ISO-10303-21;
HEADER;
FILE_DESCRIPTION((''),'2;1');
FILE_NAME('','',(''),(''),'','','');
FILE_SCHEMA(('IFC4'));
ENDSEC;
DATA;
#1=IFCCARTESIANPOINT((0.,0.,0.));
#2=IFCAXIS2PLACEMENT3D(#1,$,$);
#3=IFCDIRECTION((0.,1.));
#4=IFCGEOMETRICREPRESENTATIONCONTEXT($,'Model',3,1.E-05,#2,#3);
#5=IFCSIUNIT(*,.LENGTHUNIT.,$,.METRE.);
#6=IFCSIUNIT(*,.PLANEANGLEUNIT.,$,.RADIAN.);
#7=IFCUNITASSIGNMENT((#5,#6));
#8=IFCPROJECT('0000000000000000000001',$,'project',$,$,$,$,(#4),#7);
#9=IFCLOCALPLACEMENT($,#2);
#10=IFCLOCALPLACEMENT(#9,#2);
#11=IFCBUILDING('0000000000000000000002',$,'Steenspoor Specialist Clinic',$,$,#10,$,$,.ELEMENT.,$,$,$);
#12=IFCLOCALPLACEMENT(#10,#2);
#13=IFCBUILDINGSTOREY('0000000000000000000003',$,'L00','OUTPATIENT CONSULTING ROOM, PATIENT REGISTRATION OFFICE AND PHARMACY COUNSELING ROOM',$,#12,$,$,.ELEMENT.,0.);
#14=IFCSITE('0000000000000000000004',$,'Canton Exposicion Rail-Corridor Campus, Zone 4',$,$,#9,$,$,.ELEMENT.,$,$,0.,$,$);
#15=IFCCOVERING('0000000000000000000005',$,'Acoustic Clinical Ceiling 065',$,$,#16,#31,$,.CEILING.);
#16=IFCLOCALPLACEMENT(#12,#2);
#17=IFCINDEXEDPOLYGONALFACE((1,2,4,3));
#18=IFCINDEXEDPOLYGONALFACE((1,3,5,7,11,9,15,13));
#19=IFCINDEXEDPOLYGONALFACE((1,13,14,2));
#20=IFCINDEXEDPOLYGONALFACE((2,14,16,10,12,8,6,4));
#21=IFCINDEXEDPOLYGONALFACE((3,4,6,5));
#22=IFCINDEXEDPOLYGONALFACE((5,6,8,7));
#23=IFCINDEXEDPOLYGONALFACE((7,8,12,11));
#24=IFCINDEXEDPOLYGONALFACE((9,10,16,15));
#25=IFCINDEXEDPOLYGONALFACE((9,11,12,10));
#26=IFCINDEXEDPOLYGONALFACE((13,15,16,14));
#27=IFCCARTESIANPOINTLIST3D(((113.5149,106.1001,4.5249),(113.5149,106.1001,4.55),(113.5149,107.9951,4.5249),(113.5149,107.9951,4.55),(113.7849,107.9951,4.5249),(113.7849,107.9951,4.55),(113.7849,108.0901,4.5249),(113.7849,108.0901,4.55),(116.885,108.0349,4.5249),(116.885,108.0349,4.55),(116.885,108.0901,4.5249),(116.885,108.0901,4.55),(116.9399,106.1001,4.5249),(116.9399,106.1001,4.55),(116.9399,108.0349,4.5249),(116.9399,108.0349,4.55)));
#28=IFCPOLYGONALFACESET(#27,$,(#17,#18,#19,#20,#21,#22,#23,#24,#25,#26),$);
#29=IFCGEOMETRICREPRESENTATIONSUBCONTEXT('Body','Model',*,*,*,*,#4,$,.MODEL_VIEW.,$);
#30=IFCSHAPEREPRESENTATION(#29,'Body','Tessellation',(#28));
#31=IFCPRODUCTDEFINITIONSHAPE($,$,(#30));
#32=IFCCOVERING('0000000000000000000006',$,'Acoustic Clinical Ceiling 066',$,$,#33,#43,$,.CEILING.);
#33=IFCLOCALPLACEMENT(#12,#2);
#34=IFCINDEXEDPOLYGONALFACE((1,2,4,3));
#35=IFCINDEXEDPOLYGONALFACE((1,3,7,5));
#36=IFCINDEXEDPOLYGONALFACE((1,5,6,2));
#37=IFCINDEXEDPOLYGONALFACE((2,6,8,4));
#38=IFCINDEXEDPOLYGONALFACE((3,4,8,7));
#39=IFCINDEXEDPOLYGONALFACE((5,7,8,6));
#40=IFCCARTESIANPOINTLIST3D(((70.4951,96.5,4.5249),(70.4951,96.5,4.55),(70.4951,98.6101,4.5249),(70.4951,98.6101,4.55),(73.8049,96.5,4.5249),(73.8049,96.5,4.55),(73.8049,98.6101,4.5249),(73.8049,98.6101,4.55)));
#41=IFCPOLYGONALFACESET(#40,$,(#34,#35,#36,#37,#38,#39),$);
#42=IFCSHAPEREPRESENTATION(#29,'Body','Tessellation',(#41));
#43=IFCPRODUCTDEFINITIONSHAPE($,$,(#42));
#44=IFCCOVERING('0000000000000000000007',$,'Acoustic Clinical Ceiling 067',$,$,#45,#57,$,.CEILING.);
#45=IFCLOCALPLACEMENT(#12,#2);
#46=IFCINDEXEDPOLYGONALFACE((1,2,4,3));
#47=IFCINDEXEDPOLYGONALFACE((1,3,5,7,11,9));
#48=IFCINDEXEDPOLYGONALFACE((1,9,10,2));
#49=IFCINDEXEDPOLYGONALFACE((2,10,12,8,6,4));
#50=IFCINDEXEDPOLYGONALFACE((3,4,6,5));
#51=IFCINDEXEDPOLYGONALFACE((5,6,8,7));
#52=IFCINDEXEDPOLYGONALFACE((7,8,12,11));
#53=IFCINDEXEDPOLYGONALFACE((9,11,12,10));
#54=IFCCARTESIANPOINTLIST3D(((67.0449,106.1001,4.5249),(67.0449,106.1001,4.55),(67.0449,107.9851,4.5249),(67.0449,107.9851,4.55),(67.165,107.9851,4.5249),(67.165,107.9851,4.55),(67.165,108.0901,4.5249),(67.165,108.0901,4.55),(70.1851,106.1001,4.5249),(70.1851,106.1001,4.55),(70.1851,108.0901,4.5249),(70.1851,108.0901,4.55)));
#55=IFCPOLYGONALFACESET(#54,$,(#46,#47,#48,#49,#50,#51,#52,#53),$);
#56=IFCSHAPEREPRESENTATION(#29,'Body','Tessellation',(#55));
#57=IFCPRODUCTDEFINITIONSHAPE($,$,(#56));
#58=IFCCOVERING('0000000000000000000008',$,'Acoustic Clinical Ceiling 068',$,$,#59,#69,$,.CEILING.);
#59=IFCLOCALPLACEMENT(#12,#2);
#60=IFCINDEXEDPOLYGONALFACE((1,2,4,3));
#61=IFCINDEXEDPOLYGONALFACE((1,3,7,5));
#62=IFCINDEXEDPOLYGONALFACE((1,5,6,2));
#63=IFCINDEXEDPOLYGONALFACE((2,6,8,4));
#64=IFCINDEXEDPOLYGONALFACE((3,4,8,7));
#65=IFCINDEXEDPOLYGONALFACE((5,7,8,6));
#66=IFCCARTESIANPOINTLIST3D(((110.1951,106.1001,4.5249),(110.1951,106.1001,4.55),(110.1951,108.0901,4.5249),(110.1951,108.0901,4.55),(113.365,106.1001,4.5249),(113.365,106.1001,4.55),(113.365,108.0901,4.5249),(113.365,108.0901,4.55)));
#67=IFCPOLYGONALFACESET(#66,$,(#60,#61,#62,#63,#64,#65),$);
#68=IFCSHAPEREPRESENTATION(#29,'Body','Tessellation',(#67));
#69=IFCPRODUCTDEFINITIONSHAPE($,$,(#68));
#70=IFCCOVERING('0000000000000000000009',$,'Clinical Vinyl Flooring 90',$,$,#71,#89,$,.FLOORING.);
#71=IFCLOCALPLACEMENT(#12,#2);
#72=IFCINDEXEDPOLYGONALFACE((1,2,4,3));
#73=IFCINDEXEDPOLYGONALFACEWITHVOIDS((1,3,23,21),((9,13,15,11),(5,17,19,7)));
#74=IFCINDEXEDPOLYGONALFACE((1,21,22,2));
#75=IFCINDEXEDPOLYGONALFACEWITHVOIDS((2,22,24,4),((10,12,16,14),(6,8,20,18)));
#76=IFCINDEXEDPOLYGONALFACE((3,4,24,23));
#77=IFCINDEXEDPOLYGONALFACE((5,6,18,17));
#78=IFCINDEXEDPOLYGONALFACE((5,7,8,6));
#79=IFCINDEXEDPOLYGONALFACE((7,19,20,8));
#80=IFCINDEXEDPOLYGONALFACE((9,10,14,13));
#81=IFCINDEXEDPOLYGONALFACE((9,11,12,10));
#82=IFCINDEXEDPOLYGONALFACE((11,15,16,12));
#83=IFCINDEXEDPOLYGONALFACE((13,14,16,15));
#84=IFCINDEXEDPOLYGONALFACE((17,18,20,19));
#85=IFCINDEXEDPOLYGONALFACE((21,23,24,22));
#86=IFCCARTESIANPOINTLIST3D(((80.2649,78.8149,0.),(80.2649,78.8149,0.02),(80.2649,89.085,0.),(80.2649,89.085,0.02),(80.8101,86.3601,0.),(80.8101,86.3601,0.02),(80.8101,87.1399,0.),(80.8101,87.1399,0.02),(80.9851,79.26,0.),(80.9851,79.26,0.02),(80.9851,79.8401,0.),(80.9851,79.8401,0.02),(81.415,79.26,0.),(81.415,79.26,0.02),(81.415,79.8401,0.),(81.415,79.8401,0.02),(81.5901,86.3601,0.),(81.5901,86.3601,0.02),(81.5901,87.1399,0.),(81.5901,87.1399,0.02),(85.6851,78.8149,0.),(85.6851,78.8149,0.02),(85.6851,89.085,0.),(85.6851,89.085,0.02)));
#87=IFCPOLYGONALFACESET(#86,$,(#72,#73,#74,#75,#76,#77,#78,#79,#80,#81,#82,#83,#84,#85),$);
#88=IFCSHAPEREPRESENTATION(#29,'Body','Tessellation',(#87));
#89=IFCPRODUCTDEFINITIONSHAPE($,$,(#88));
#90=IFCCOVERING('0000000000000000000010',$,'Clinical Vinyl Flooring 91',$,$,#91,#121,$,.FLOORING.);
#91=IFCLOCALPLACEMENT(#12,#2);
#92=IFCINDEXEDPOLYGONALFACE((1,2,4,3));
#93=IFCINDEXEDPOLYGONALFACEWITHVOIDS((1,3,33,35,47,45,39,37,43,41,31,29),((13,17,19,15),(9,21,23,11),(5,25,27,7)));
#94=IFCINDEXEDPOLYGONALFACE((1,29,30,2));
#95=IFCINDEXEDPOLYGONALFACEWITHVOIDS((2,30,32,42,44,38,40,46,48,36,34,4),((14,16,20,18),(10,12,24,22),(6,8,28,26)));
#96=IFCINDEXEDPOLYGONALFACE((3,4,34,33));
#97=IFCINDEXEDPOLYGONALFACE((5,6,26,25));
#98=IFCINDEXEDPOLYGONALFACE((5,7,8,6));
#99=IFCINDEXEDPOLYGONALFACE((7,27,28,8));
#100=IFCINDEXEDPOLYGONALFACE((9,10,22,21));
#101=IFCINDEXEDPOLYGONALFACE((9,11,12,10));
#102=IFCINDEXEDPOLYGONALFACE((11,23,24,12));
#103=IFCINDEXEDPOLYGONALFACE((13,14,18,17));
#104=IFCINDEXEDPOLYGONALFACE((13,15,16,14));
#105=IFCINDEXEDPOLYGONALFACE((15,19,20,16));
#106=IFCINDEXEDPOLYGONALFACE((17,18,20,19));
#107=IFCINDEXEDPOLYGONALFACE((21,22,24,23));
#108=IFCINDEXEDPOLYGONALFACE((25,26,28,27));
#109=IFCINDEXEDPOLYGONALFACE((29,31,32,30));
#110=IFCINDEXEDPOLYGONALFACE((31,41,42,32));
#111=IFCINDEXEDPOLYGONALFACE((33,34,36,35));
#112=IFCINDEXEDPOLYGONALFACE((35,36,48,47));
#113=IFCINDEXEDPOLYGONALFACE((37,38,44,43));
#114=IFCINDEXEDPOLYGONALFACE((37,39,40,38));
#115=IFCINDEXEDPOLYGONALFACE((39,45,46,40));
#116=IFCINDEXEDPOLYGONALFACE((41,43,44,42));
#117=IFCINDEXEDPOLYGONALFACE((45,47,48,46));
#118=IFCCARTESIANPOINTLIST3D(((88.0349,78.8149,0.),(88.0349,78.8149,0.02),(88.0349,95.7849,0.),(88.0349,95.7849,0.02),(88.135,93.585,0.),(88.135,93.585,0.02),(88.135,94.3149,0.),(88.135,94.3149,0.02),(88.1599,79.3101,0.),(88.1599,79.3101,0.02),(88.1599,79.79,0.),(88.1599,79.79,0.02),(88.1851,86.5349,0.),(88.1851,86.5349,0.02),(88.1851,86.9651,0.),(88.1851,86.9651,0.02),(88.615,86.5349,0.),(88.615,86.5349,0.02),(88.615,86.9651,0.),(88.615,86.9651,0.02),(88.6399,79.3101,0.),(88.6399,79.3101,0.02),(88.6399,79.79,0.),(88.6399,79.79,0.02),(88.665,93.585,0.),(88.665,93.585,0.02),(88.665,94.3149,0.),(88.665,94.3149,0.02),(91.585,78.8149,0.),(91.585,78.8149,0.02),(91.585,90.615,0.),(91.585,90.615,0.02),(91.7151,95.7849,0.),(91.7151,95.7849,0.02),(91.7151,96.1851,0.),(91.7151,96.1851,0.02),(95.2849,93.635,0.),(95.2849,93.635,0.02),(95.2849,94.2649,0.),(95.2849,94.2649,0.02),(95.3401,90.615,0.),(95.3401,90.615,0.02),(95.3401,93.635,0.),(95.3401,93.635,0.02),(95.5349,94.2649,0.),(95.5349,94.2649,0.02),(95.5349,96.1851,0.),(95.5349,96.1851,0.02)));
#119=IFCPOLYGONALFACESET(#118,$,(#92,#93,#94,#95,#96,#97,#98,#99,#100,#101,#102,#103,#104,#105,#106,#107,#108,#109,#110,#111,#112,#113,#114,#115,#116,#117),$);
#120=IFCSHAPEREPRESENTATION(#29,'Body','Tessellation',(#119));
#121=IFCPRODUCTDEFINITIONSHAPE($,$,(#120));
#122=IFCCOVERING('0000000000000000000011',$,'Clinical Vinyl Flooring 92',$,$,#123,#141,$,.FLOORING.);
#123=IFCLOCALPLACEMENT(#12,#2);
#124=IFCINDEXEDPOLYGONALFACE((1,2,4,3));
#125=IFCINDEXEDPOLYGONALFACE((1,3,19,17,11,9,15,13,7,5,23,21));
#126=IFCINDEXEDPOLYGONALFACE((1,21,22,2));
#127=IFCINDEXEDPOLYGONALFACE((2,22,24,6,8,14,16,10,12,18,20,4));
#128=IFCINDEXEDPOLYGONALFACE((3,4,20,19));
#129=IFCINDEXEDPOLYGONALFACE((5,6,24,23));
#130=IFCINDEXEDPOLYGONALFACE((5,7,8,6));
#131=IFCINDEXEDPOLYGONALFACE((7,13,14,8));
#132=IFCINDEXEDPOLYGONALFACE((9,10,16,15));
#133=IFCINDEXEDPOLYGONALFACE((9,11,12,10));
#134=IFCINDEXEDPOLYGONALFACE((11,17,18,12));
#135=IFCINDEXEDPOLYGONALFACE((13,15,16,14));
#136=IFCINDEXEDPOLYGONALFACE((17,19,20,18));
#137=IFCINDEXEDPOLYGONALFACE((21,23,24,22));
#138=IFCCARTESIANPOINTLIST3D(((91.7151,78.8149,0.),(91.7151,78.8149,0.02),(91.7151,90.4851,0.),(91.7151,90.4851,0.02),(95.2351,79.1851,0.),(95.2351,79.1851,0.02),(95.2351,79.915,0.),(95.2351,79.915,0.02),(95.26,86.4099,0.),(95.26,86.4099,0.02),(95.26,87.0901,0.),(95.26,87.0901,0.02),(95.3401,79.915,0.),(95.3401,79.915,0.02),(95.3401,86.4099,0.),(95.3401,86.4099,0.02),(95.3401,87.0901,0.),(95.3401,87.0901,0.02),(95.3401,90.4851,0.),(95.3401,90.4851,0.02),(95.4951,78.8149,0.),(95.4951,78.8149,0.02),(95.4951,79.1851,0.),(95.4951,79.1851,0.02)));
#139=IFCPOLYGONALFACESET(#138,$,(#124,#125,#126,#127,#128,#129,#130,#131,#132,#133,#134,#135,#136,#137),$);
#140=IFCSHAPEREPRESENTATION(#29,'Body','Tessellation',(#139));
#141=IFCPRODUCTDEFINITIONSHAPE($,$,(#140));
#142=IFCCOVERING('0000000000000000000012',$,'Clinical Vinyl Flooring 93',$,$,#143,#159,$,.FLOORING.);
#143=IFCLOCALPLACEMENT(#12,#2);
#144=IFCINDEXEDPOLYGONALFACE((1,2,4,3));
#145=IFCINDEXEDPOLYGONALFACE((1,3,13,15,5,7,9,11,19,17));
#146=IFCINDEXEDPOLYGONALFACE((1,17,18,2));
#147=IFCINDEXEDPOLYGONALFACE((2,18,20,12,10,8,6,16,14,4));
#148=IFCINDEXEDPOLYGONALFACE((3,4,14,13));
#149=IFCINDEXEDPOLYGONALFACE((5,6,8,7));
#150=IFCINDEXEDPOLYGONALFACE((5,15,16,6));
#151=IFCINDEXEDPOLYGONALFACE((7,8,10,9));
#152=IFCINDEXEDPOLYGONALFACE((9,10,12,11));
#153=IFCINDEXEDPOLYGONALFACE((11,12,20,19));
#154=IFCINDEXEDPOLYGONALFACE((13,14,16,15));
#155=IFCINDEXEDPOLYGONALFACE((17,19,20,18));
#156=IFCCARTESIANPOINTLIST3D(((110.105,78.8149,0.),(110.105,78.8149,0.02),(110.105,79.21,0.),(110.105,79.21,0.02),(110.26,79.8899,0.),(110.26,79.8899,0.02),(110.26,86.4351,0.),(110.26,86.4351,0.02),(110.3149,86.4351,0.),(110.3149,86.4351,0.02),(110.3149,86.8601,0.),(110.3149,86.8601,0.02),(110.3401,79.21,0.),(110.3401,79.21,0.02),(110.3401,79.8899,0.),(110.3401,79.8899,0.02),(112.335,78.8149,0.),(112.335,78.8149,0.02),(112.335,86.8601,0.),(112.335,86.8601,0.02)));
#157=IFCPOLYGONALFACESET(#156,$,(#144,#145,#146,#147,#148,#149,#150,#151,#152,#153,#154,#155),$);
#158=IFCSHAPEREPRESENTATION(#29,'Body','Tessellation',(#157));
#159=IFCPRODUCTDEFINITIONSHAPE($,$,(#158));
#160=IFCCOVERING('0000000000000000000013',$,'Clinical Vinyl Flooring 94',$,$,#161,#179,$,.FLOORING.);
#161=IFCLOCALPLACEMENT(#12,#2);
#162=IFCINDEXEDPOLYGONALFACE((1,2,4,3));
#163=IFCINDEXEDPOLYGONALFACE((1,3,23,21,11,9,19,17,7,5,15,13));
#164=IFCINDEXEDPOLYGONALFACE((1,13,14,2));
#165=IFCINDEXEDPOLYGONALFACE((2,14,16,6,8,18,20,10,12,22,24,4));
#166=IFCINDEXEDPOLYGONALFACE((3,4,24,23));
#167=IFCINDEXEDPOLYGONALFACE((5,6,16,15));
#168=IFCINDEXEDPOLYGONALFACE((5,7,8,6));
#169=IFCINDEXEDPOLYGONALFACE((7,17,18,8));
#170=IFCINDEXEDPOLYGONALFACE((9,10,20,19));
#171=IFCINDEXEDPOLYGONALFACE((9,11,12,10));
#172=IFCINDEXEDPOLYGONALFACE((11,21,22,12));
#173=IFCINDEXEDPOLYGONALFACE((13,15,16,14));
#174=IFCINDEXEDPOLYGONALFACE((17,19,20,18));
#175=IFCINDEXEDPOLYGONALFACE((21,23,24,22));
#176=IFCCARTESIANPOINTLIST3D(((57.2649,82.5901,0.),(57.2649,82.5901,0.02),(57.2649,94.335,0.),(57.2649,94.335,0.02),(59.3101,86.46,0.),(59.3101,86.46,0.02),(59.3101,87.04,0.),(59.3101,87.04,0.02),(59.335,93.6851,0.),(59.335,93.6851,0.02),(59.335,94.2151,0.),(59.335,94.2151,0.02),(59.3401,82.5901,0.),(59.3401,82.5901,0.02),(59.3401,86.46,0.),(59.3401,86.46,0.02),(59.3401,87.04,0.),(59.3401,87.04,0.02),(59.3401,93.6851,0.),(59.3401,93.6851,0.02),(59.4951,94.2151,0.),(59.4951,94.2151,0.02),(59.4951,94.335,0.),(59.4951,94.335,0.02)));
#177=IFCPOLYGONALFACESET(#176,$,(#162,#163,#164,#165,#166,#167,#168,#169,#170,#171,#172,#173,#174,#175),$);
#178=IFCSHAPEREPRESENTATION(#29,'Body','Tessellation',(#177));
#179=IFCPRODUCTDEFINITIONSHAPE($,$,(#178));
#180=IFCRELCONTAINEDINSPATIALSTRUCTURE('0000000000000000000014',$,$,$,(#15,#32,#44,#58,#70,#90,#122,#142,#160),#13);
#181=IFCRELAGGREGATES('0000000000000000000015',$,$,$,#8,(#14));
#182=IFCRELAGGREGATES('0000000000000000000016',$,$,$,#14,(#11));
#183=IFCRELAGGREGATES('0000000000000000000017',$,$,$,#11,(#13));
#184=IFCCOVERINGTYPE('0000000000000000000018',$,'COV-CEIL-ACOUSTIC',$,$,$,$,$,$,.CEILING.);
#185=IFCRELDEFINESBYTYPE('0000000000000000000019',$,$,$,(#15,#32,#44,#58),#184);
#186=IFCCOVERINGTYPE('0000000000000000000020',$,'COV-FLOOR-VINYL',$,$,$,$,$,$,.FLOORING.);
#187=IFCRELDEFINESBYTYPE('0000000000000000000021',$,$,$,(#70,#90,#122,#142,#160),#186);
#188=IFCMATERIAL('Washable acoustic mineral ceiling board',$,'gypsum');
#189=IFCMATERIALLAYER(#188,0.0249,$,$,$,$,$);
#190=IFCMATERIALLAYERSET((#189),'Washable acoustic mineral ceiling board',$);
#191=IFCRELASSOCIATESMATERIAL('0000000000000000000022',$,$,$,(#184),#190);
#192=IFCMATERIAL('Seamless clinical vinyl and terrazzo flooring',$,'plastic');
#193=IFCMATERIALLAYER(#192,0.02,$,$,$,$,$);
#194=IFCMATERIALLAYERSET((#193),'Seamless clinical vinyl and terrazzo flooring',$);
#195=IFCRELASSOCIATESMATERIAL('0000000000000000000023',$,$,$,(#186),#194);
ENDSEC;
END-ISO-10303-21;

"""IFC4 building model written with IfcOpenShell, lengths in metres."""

from ifc_helpers import new_model, si_unit, direction, frame, origin, place, context, subcontext, project, spatial, polyline, outline, extrude, material, layer, layer_set, type_object, element, save


model = new_model("IFC4")

# Units and contexts
model_context = context("Model", 3, precision=1e-05, world=origin(), true_north=direction((0.0, 1.0)))
body_context = subcontext(model_context, "Body", "Model", "MODEL_VIEW")
ifc_project = project(units=[si_unit("LENGTHUNIT", "METRE"), si_unit("PLANEANGLEUNIT", "RADIAN")], contexts=[model_context])

# Site, building, storey
site_placement = place(None, origin())
site = spatial("IfcSite", under=ifc_project, at=site_placement, Name="Canton Exposicion Rail-Corridor Campus, Zone 4", CompositionType="ELEMENT", RefElevation=0.0)
building_placement = place(site_placement, origin())
building = spatial("IfcBuilding", under=site, at=building_placement, Name="Steenspoor Specialist Clinic", CompositionType="ELEMENT")
storey_placement = place(building_placement, origin())
storey = spatial("IfcBuildingStorey", under=building, at=storey_placement, Name="L00", Description="OUTPATIENT CONSULTING ROOM, PATIENT REGISTRATION OFFICE AND PHARMACY COUNSELING ROOM", CompositionType="ELEMENT", Elevation=0.0)

# Coverings
ifc_material_1 = material(Name="Washable acoustic mineral ceiling board", Category="gypsum")
ifc_layer_1 = layer(ifc_material_1, 0.0249)
ifc_layer_set_1 = layer_set([ifc_layer_1], Name="Washable acoustic mineral ceiling board")
covering_type_1 = type_object("IfcCoveringType", Name="COV-CEIL-ACOUSTIC", PredefinedType="CEILING", material=ifc_layer_set_1)
covering_1_placement = place(storey_placement, frame((0.0, 0.0, 4.5249)))
element("IfcCovering", 1, at=covering_1_placement, inside=storey, type_object=covering_type_1, Name="Acoustic Clinical Ceiling 065", PredefinedType="CEILING", context=body_context, shape_type="SweptSolid", body=[
    extrude(outline(polyline([(113.5149, 107.9951), (113.7849, 107.9951), (113.7849, 108.0901), (116.885, 108.0901), (116.885, 108.0349), (116.9399, 108.0349), (116.9399, 106.1001), (113.5149, 106.1001), (113.5149, 107.9951)])), origin(), (0.0, 0.0, 1.0), 0.0251),
])
covering_2_placement = place(storey_placement, frame((0.0, 0.0, 4.5249)))
element("IfcCovering", 2, at=covering_2_placement, inside=storey, type_object=covering_type_1, Name="Acoustic Clinical Ceiling 066", PredefinedType="CEILING", context=body_context, shape_type="SweptSolid", body=[
    extrude(outline(polyline([(70.4951, 98.6101), (73.8049, 98.6101), (73.8049, 96.5), (70.4951, 96.5), (70.4951, 98.6101)])), origin(), (0.0, 0.0, 1.0), 0.0251),
])
covering_3_placement = place(storey_placement, frame((0.0, 0.0, 4.5249)))
element("IfcCovering", 3, at=covering_3_placement, inside=storey, type_object=covering_type_1, Name="Acoustic Clinical Ceiling 067", PredefinedType="CEILING", context=body_context, shape_type="SweptSolid", body=[
    extrude(outline(polyline([(70.1851, 108.0901), (70.1851, 106.1001), (67.0449, 106.1001), (67.0449, 107.9851), (67.165, 107.9851), (67.165, 108.0901), (70.1851, 108.0901)])), origin(), (0.0, 0.0, 1.0), 0.0251),
])
covering_4_placement = place(storey_placement, frame((0.0, 0.0, 4.5249)))
element("IfcCovering", 4, at=covering_4_placement, inside=storey, type_object=covering_type_1, Name="Acoustic Clinical Ceiling 068", PredefinedType="CEILING", context=body_context, shape_type="SweptSolid", body=[
    extrude(outline(polyline([(113.365, 108.0901), (113.365, 106.1001), (110.1951, 106.1001), (110.1951, 108.0901), (113.365, 108.0901)])), origin(), (0.0, 0.0, 1.0), 0.0251),
])
ifc_material_2 = material(Name="Seamless clinical vinyl and terrazzo flooring", Category="plastic")
ifc_layer_2 = layer(ifc_material_2, 0.02)
ifc_layer_set_2 = layer_set([ifc_layer_2], Name="Seamless clinical vinyl and terrazzo flooring")
covering_type_2 = type_object("IfcCoveringType", Name="COV-FLOOR-VINYL", PredefinedType="FLOORING", material=ifc_layer_set_2)
covering_5_placement = place(storey_placement, origin())
element("IfcCovering", 5, at=covering_5_placement, inside=storey, type_object=covering_type_2, Name="Clinical Vinyl Flooring 90", PredefinedType="FLOORING", context=body_context, shape_type="SweptSolid", body=[
    extrude(outline(polyline([(80.2649, 78.8149), (80.2649, 89.085), (85.6851, 89.085), (85.6851, 78.8149), (80.2649, 78.8149)]), holes=[polyline([(81.415, 79.26), (81.415, 79.8401), (80.9851, 79.8401), (80.9851, 79.26), (81.415, 79.26)]), polyline([(81.5901, 86.3601), (81.5901, 87.1399), (80.8101, 87.1399), (80.8101, 86.3601), (81.5901, 86.3601)])]), origin(), (0.0, 0.0, 1.0), 0.02),
])
covering_6_placement = place(storey_placement, origin())
element("IfcCovering", 6, at=covering_6_placement, inside=storey, type_object=covering_type_2, Name="Clinical Vinyl Flooring 91", PredefinedType="FLOORING", context=body_context, shape_type="SweptSolid", body=[
    extrude(outline(polyline([(91.7151, 96.1851), (95.5349, 96.1851), (95.5349, 94.2649), (95.2849, 94.2649), (95.2849, 93.635), (95.3401, 93.635), (95.3401, 90.615), (91.585, 90.615), (91.585, 78.8149), (88.0349, 78.8149), (88.0349, 95.7849), (91.7151, 95.7849), (91.7151, 96.1851)]), holes=[polyline([(88.6399, 79.3101), (88.6399, 79.79), (88.1599, 79.79), (88.1599, 79.3101), (88.6399, 79.3101)]), polyline([(88.615, 86.9651), (88.1851, 86.9651), (88.1851, 86.5349), (88.615, 86.5349), (88.615, 86.9651)]), polyline([(88.665, 93.585), (88.665, 94.3149), (88.135, 94.3149), (88.135, 93.585), (88.665, 93.585)])]), origin(), (0.0, 0.0, 1.0), 0.02),
])
covering_7_placement = place(storey_placement, origin())
element("IfcCovering", 7, at=covering_7_placement, inside=storey, type_object=covering_type_2, Name="Clinical Vinyl Flooring 92", PredefinedType="FLOORING", context=body_context, shape_type="SweptSolid", body=[
    extrude(outline(polyline([(95.3401, 90.4851), (95.3401, 87.0901), (95.26, 87.0901), (95.26, 86.4099), (95.3401, 86.4099), (95.3401, 79.915), (95.2351, 79.915), (95.2351, 79.1851), (95.4951, 79.1851), (95.4951, 78.8149), (91.7151, 78.8149), (91.7151, 90.4851), (95.3401, 90.4851)])), origin(), (0.0, 0.0, 1.0), 0.02),
])
covering_8_placement = place(storey_placement, origin())
element("IfcCovering", 8, at=covering_8_placement, inside=storey, type_object=covering_type_2, Name="Clinical Vinyl Flooring 93", PredefinedType="FLOORING", context=body_context, shape_type="SweptSolid", body=[
    extrude(outline(polyline([(112.335, 78.8149), (110.105, 78.8149), (110.105, 79.21), (110.3401, 79.21), (110.3401, 79.8899), (110.26, 79.8899), (110.26, 86.4351), (110.3149, 86.4351), (110.3149, 86.8601), (112.335, 86.8601), (112.335, 78.8149)])), origin(), (0.0, 0.0, 1.0), 0.02),
])
covering_9_placement = place(storey_placement, origin())
element("IfcCovering", 9, at=covering_9_placement, inside=storey, type_object=covering_type_2, Name="Clinical Vinyl Flooring 94", PredefinedType="FLOORING", context=body_context, shape_type="SweptSolid", body=[
    extrude(outline(polyline([(59.3401, 87.04), (59.3101, 87.04), (59.3101, 86.46), (59.3401, 86.46), (59.3401, 82.5901), (57.2649, 82.5901), (57.2649, 94.335), (59.4951, 94.335), (59.4951, 94.2151), (59.335, 94.2151), (59.335, 93.6851), (59.3401, 93.6851), (59.3401, 87.04)])), origin(), (0.0, 0.0, 1.0), 0.02),
])

save(model, "model.ifc")
